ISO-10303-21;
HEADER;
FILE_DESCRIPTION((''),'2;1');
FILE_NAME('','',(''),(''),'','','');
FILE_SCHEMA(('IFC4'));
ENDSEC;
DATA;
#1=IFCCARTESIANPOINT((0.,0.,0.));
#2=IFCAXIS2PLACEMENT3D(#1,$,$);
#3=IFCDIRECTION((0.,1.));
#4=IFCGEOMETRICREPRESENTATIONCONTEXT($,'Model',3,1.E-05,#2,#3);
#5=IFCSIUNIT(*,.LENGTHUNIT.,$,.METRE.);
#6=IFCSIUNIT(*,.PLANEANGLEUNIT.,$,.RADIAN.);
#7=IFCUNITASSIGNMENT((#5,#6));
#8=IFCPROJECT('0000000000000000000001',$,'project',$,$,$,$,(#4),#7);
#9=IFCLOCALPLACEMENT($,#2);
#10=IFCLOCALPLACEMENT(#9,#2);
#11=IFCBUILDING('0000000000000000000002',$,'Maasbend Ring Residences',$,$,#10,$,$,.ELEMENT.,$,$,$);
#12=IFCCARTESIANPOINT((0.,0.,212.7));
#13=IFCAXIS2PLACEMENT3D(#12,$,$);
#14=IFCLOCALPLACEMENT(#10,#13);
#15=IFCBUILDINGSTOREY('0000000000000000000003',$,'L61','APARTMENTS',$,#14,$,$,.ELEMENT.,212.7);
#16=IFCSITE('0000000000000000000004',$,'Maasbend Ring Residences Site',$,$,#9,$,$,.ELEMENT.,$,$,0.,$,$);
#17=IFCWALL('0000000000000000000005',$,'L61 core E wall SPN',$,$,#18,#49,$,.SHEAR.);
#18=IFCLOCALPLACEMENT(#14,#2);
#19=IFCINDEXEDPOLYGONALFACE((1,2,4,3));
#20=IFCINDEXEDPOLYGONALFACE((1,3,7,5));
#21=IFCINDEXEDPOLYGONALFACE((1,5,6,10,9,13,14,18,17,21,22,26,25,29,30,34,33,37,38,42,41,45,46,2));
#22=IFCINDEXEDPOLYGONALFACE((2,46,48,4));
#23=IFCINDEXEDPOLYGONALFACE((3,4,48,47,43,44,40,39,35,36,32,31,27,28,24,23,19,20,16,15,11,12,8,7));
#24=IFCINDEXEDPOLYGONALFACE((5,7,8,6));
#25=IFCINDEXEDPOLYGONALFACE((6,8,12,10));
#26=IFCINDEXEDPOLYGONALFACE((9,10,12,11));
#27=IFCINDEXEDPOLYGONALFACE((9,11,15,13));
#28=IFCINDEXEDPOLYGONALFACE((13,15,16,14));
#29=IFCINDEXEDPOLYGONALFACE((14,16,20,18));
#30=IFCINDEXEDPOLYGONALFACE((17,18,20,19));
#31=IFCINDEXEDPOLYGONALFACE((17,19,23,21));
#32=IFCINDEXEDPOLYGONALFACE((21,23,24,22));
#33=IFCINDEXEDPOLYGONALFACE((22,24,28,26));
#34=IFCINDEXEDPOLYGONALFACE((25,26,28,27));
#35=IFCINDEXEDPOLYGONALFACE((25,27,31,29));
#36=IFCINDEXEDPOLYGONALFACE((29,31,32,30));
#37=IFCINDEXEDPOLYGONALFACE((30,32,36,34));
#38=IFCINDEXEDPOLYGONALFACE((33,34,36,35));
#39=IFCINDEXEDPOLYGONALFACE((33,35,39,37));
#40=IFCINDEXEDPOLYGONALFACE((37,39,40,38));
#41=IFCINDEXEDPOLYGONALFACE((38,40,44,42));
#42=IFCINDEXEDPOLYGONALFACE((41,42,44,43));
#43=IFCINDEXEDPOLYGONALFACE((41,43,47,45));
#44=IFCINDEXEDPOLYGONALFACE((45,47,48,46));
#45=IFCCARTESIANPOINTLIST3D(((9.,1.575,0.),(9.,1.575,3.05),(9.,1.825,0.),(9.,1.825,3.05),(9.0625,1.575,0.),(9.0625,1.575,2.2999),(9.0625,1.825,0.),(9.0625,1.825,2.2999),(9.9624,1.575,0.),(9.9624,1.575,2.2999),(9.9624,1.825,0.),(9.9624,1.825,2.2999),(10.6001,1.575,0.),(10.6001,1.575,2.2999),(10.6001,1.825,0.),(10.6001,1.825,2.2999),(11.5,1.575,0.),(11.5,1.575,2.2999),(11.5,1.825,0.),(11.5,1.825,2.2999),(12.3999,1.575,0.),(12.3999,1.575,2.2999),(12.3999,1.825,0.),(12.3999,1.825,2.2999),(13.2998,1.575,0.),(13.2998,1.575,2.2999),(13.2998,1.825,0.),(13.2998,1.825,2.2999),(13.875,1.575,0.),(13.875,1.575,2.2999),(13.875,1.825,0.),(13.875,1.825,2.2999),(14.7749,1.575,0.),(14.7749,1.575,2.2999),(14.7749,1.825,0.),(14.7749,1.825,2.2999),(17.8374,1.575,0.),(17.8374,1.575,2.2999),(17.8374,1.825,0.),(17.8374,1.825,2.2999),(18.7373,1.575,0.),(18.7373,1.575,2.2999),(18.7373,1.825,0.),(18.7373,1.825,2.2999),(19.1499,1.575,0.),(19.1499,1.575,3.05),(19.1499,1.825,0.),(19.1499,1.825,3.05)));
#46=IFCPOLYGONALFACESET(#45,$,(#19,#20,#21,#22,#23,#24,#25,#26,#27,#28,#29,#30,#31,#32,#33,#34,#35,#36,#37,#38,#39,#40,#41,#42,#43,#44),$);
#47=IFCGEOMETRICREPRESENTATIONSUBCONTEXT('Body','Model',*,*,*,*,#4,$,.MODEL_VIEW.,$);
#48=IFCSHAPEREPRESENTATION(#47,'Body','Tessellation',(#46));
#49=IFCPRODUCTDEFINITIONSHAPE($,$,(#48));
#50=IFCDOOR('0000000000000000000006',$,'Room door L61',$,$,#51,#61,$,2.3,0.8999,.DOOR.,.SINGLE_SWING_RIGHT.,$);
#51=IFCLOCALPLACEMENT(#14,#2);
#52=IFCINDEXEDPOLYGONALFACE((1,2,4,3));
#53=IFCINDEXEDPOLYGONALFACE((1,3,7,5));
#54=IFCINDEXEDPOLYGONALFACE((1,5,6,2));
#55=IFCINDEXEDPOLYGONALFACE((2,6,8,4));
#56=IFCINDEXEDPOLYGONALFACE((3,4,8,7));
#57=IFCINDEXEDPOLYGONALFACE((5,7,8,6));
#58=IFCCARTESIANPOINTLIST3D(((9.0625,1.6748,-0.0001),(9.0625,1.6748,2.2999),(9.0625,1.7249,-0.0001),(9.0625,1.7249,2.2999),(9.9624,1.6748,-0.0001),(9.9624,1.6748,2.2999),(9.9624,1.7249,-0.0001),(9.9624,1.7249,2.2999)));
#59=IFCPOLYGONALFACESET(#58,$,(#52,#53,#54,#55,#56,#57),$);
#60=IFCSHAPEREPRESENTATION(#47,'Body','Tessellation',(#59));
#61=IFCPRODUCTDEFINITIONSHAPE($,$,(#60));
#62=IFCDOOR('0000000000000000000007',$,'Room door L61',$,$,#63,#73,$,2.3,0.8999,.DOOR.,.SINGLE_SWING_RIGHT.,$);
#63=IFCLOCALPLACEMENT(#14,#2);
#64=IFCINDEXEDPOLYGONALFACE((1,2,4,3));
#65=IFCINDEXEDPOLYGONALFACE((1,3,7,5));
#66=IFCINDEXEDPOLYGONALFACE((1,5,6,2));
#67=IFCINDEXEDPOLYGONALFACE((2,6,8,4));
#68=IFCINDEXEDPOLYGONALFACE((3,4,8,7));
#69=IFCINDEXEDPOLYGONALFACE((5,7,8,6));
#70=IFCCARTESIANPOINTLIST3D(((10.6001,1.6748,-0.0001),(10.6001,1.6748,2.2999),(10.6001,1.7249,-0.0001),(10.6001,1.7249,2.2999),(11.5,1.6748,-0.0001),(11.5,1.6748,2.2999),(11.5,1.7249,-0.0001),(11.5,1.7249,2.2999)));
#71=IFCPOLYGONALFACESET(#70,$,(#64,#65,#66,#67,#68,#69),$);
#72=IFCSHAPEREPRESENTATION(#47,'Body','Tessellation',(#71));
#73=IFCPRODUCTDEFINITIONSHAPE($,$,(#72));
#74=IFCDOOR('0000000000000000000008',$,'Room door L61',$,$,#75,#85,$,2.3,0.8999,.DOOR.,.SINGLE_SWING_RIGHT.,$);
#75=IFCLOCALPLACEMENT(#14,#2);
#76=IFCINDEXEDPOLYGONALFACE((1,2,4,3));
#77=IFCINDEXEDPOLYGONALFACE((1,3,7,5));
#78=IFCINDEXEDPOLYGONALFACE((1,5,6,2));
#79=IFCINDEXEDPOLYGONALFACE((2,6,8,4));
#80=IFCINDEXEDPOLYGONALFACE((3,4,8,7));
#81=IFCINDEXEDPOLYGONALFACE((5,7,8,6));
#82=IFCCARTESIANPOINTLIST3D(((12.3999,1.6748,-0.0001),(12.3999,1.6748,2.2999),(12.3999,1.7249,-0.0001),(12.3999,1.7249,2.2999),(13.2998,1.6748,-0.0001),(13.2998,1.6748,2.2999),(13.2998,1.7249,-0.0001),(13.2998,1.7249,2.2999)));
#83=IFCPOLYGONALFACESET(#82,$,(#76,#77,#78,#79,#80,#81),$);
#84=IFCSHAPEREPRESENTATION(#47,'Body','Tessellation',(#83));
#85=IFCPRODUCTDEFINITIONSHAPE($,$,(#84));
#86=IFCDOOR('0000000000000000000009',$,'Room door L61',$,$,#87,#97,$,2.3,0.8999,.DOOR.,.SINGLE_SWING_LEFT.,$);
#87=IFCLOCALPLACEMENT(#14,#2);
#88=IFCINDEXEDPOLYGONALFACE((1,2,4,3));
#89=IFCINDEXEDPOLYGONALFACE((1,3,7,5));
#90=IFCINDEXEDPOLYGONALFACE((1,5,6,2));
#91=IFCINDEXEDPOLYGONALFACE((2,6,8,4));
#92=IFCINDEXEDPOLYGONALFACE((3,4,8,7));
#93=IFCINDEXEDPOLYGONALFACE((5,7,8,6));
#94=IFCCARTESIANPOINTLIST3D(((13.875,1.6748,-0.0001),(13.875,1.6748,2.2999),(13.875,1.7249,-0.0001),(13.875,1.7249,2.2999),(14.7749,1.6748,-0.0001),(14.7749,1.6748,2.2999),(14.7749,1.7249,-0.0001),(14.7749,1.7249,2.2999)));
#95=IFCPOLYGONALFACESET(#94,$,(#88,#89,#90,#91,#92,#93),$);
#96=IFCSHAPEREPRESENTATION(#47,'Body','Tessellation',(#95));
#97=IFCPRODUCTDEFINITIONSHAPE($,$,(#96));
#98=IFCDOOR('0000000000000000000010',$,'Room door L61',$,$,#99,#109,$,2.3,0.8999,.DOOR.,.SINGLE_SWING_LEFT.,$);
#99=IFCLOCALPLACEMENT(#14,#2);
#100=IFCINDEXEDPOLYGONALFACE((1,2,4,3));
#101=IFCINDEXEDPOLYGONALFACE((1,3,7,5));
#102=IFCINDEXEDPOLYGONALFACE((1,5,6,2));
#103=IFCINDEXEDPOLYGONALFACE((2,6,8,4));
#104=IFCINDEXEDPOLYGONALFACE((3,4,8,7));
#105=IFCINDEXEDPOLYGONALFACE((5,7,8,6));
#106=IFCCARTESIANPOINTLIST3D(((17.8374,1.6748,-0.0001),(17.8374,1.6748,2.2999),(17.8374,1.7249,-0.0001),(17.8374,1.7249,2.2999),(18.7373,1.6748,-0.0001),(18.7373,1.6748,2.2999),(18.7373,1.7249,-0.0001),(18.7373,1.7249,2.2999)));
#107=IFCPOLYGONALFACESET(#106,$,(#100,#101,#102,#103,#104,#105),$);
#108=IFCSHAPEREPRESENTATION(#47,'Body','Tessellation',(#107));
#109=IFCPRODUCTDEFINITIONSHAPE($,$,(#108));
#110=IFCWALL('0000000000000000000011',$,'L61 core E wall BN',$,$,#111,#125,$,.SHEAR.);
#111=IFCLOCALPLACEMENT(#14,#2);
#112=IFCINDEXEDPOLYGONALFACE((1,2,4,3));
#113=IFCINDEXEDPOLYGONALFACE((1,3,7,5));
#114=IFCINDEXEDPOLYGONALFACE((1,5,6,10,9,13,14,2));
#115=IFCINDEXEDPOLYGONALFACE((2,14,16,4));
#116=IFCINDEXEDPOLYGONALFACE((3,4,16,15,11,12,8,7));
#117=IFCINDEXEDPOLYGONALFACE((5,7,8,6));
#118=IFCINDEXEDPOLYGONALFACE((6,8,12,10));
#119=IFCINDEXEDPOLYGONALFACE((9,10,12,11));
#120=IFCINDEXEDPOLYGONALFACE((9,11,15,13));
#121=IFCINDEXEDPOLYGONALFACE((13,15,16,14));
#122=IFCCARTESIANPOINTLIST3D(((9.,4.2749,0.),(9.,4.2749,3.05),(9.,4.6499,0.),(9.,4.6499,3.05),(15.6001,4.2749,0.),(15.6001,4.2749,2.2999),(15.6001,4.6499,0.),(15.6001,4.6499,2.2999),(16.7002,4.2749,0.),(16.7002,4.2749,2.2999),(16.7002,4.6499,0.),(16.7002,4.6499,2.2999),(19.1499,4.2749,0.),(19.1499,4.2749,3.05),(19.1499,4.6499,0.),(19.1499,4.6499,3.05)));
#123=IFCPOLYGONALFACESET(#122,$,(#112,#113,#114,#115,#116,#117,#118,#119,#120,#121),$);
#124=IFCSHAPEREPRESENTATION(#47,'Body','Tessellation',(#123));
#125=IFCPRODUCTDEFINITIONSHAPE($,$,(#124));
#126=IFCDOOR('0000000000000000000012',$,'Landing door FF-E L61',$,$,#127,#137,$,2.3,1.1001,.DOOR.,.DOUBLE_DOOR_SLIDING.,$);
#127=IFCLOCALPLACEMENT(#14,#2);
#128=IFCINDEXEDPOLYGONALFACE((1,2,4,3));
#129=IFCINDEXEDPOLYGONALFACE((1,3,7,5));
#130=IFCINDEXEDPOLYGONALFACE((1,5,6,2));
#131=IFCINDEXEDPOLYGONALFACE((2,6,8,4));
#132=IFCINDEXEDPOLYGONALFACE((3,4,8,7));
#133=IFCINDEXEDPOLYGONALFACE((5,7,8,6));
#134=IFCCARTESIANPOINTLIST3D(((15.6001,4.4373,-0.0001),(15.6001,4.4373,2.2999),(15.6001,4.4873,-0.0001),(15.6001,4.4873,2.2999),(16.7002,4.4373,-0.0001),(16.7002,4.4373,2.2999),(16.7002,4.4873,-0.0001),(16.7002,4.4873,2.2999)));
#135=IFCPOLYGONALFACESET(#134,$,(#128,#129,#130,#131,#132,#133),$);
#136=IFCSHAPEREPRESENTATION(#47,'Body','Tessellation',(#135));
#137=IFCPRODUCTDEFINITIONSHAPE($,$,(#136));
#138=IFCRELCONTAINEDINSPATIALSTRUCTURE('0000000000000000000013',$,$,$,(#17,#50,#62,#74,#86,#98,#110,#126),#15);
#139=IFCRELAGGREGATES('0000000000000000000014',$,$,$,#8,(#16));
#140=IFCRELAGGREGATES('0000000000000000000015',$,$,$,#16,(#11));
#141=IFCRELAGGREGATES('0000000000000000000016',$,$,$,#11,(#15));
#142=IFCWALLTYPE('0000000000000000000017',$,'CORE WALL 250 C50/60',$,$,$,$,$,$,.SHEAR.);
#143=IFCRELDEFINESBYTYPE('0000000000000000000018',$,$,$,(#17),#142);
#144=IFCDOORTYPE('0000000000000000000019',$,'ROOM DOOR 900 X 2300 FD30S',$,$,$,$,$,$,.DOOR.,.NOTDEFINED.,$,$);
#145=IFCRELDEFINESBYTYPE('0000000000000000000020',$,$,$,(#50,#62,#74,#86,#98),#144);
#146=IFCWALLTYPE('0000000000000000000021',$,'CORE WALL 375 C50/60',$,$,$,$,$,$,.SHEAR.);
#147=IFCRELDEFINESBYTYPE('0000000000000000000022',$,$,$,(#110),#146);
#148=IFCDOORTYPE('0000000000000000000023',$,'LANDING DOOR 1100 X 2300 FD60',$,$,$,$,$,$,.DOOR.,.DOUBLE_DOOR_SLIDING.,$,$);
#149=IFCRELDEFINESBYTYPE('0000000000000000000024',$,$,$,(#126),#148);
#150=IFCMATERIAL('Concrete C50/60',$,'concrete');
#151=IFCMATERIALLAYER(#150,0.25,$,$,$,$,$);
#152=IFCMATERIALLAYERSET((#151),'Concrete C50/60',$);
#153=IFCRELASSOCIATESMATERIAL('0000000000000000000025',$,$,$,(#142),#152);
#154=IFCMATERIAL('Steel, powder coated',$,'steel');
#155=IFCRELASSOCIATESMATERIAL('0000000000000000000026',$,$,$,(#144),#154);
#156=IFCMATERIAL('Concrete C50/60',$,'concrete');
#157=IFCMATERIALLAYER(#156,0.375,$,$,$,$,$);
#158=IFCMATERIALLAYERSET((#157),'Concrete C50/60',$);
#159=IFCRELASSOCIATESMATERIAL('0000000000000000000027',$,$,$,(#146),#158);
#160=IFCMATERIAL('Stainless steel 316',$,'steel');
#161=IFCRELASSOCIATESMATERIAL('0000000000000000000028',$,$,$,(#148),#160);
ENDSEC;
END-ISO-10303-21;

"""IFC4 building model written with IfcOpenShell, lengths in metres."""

from ifc_helpers import new_model, si_unit, direction, frame, frame_2d, origin, place, context, subcontext, project, spatial, rectangle, extrude, material, layer, layer_set, type_object, element, fill, save


model = new_model("IFC4")

# Units and contexts
model_context = context("Model", 3, precision=1e-05, world=origin(), true_north=direction((0.0, 1.0)))
body_context = subcontext(model_context, "Body", "Model", "MODEL_VIEW")
ifc_project = project(units=[si_unit("LENGTHUNIT", "METRE"), si_unit("PLANEANGLEUNIT", "RADIAN")], contexts=[model_context])

# Site, building, storey
site_placement = place(None, origin())
site = spatial("IfcSite", under=ifc_project, at=site_placement, Name="Maasbend Ring Residences Site", CompositionType="ELEMENT", RefElevation=0.0)
building_placement = place(site_placement, origin())
building = spatial("IfcBuilding", under=site, at=building_placement, Name="Maasbend Ring Residences", CompositionType="ELEMENT")
storey_placement = place(building_placement, frame((0.0, 0.0, 212.7)))
storey = spatial("IfcBuildingStorey", under=building, at=storey_placement, Name="L61", Description="APARTMENTS", CompositionType="ELEMENT", Elevation=212.7)

# Wall, openings, doors
ifc_material_1 = material(Name="Concrete C50/60", Category="concrete")
ifc_layer_1 = layer(ifc_material_1, 0.25)
ifc_layer_set_1 = layer_set([ifc_layer_1], Name="Concrete C50/60")
wall_type_1 = type_object("IfcWallType", Name="CORE WALL 250 C50/60", PredefinedType="SHEAR", material=ifc_layer_set_1)
wall_1_placement = place(storey_placement, frame((9.0, 1.7, 0.0), z_axis=(0.0, 0.0, 1.0), x_axis=(1.0, 0.0, 0.0)))
wall_1 = element("IfcWall", 1, at=wall_1_placement, inside=storey, type_object=wall_type_1, Name="L61 core E wall SPN", PredefinedType="SHEAR", context=body_context, shape_type="SweptSolid", body=[
    extrude(rectangle(XDim=10.1499, YDim=0.25, at=frame_2d((5.075, 0.0))), origin(), (0.0, 0.0, 1.0), 3.05),
])
opening_1_placement = place(wall_1_placement, frame((0.0625, 0.0, 0.0)))
opening_1 = element("IfcOpeningElement", 2, at=opening_1_placement, cuts=wall_1, PredefinedType="OPENING", context=body_context, shape_type="SweptSolid", body=[
    extrude(rectangle(XDim=0.8999, YDim=2.3, at=frame_2d((0.45, 1.1499))), frame((0.0, 0.135, 0.0), z_axis=(0.0, -1.0, 0.0), x_axis=(1.0, 0.0, 0.0)), (0.0, 0.0, 1.0), 0.27),
])
opening_2_placement = place(wall_1_placement, frame((1.6001, 0.0, 0.0)))
opening_2 = element("IfcOpeningElement", 3, at=opening_2_placement, cuts=wall_1, PredefinedType="OPENING", context=body_context, shape_type="SweptSolid", body=[
    extrude(rectangle(XDim=0.8999, YDim=2.3, at=frame_2d((0.45, 1.1499))), frame((0.0, 0.135, 0.0), z_axis=(0.0, -1.0, 0.0), x_axis=(1.0, 0.0, 0.0)), (0.0, 0.0, 1.0), 0.27),
])
opening_3_placement = place(wall_1_placement, frame((3.3999, 0.0, 0.0)))
opening_3 = element("IfcOpeningElement", 4, at=opening_3_placement, cuts=wall_1, PredefinedType="OPENING", context=body_context, shape_type="SweptSolid", body=[
    extrude(rectangle(XDim=0.8999, YDim=2.3, at=frame_2d((0.45, 1.1499))), frame((0.0, 0.135, 0.0), z_axis=(0.0, -1.0, 0.0), x_axis=(1.0, 0.0, 0.0)), (0.0, 0.0, 1.0), 0.27),
])
opening_4_placement = place(wall_1_placement, frame((4.875, 0.0, 0.0)))
opening_4 = element("IfcOpeningElement", 5, at=opening_4_placement, cuts=wall_1, PredefinedType="OPENING", context=body_context, shape_type="SweptSolid", body=[
    extrude(rectangle(XDim=0.8999, YDim=2.3, at=frame_2d((0.45, 1.1499))), frame((0.0, 0.135, 0.0), z_axis=(0.0, -1.0, 0.0), x_axis=(1.0, 0.0, 0.0)), (0.0, 0.0, 1.0), 0.27),
])
opening_5_placement = place(wall_1_placement, frame((8.8374, 0.0, 0.0)))
opening_5 = element("IfcOpeningElement", 6, at=opening_5_placement, cuts=wall_1, PredefinedType="OPENING", context=body_context, shape_type="SweptSolid", body=[
    extrude(rectangle(XDim=0.8999, YDim=2.3, at=frame_2d((0.45, 1.1499))), frame((0.0, 0.135, 0.0), z_axis=(0.0, -1.0, 0.0), x_axis=(1.0, 0.0, 0.0)), (0.0, 0.0, 1.0), 0.27),
])
ifc_material_2 = material(Name="Steel, powder coated", Category="steel")
door_type_1 = type_object("IfcDoorType", Name="ROOM DOOR 900 X 2300 FD30S", OperationType="NOTDEFINED", PredefinedType="DOOR", material=ifc_material_2)
door_1_placement = place(opening_1_placement, origin())
door_1 = element("IfcDoor", 7, at=door_1_placement, inside=storey, type_object=door_type_1, Name="Room door L61", OperationType="SINGLE_SWING_RIGHT", OverallHeight=2.3, OverallWidth=0.8999, PredefinedType="DOOR", context=body_context, shape_type="SweptSolid", body=[
    extrude(rectangle(XDim=0.8999, YDim=2.3, at=frame_2d((0.45, 1.1499))), frame((0.0, 0.0249, 0.0), z_axis=(0.0, -1.0, 0.0), x_axis=(1.0, 0.0, 0.0)), (0.0, 0.0, 1.0), 0.05),
])
fill(opening_1, door_1)
door_2_placement = place(opening_2_placement, origin())
door_2 = element("IfcDoor", 8, at=door_2_placement, inside=storey, type_object=door_type_1, Name="Room door L61", OperationType="SINGLE_SWING_RIGHT", OverallHeight=2.3, OverallWidth=0.8999, PredefinedType="DOOR", context=body_context, shape_type="SweptSolid", body=[
    extrude(rectangle(XDim=0.8999, YDim=2.3, at=frame_2d((0.45, 1.1499))), frame((0.0, 0.0249, 0.0), z_axis=(0.0, -1.0, 0.0), x_axis=(1.0, 0.0, 0.0)), (0.0, 0.0, 1.0), 0.05),
])
fill(opening_2, door_2)
door_3_placement = place(opening_3_placement, origin())
door_3 = element("IfcDoor", 9, at=door_3_placement, inside=storey, type_object=door_type_1, Name="Room door L61", OperationType="SINGLE_SWING_RIGHT", OverallHeight=2.3, OverallWidth=0.8999, PredefinedType="DOOR", context=body_context, shape_type="SweptSolid", body=[
    extrude(rectangle(XDim=0.8999, YDim=2.3, at=frame_2d((0.45, 1.1499))), frame((0.0, 0.0249, 0.0), z_axis=(0.0, -1.0, 0.0), x_axis=(1.0, 0.0, 0.0)), (0.0, 0.0, 1.0), 0.05),
])
fill(opening_3, door_3)
door_4_placement = place(opening_4_placement, origin())
door_4 = element("IfcDoor", 10, at=door_4_placement, inside=storey, type_object=door_type_1, Name="Room door L61", OperationType="SINGLE_SWING_LEFT", OverallHeight=2.3, OverallWidth=0.8999, PredefinedType="DOOR", context=body_context, shape_type="SweptSolid", body=[
    extrude(rectangle(XDim=0.8999, YDim=2.3, at=frame_2d((0.45, 1.1499))), frame((0.0, 0.0249, 0.0), z_axis=(0.0, -1.0, 0.0), x_axis=(1.0, 0.0, 0.0)), (0.0, 0.0, 1.0), 0.05),
])
fill(opening_4, door_4)
door_5_placement = place(opening_5_placement, origin())
door_5 = element("IfcDoor", 11, at=door_5_placement, inside=storey, type_object=door_type_1, Name="Room door L61", OperationType="SINGLE_SWING_LEFT", OverallHeight=2.3, OverallWidth=0.8999, PredefinedType="DOOR", context=body_context, shape_type="SweptSolid", body=[
    extrude(rectangle(XDim=0.8999, YDim=2.3, at=frame_2d((0.45, 1.1499))), frame((0.0, 0.0249, 0.0), z_axis=(0.0, -1.0, 0.0), x_axis=(1.0, 0.0, 0.0)), (0.0, 0.0, 1.0), 0.05),
])
fill(opening_5, door_5)

# Wall, opening, door
ifc_material_3 = material(Name="Concrete C50/60", Category="concrete")
ifc_layer_2 = layer(ifc_material_3, 0.375)
ifc_layer_set_2 = layer_set([ifc_layer_2], Name="Concrete C50/60")
wall_type_2 = type_object("IfcWallType", Name="CORE WALL 375 C50/60", PredefinedType="SHEAR", material=ifc_layer_set_2)
wall_2_placement = place(storey_placement, frame((9.0, 4.4624, 0.0), z_axis=(0.0, 0.0, 1.0), x_axis=(1.0, 0.0, 0.0)))
wall_2 = element("IfcWall", 12, at=wall_2_placement, inside=storey, type_object=wall_type_2, Name="L61 core E wall BN", PredefinedType="SHEAR", context=body_context, shape_type="SweptSolid", body=[
    extrude(rectangle(XDim=10.1499, YDim=0.375, at=frame_2d((5.075, 0.0))), origin(), (0.0, 0.0, 1.0), 3.05),
])
opening_6_placement = place(wall_2_placement, frame((6.6001, 0.0, 0.0)))
opening_6 = element("IfcOpeningElement", 13, at=opening_6_placement, cuts=wall_2, PredefinedType="OPENING", context=body_context, shape_type="SweptSolid", body=[
    extrude(rectangle(XDim=1.1001, YDim=2.3, at=frame_2d((0.55, 1.1499))), frame((0.0, 0.1975, 0.0), z_axis=(0.0, -1.0, 0.0), x_axis=(1.0, 0.0, 0.0)), (0.0, 0.0, 1.0), 0.395),
])
ifc_material_4 = material(Name="Stainless steel 316", Category="steel")
door_type_2 = type_object("IfcDoorType", Name="LANDING DOOR 1100 X 2300 FD60", OperationType="DOUBLE_DOOR_SLIDING", PredefinedType="DOOR", material=ifc_material_4)
door_6_placement = place(opening_6_placement, origin())
door_6 = element("IfcDoor", 14, at=door_6_placement, inside=storey, type_object=door_type_2, Name="Landing door FF-E L61", OperationType="DOUBLE_DOOR_SLIDING", OverallHeight=2.3, OverallWidth=1.1001, PredefinedType="DOOR", context=body_context, shape_type="SweptSolid", body=[
    extrude(rectangle(XDim=1.1001, YDim=2.3, at=frame_2d((0.55, 1.1499))), frame((0.0, 0.0249, 0.0), z_axis=(0.0, -1.0, 0.0), x_axis=(1.0, 0.0, 0.0)), (0.0, 0.0, 1.0), 0.05),
])
fill(opening_6, door_6)

save(model, "model.ifc")
